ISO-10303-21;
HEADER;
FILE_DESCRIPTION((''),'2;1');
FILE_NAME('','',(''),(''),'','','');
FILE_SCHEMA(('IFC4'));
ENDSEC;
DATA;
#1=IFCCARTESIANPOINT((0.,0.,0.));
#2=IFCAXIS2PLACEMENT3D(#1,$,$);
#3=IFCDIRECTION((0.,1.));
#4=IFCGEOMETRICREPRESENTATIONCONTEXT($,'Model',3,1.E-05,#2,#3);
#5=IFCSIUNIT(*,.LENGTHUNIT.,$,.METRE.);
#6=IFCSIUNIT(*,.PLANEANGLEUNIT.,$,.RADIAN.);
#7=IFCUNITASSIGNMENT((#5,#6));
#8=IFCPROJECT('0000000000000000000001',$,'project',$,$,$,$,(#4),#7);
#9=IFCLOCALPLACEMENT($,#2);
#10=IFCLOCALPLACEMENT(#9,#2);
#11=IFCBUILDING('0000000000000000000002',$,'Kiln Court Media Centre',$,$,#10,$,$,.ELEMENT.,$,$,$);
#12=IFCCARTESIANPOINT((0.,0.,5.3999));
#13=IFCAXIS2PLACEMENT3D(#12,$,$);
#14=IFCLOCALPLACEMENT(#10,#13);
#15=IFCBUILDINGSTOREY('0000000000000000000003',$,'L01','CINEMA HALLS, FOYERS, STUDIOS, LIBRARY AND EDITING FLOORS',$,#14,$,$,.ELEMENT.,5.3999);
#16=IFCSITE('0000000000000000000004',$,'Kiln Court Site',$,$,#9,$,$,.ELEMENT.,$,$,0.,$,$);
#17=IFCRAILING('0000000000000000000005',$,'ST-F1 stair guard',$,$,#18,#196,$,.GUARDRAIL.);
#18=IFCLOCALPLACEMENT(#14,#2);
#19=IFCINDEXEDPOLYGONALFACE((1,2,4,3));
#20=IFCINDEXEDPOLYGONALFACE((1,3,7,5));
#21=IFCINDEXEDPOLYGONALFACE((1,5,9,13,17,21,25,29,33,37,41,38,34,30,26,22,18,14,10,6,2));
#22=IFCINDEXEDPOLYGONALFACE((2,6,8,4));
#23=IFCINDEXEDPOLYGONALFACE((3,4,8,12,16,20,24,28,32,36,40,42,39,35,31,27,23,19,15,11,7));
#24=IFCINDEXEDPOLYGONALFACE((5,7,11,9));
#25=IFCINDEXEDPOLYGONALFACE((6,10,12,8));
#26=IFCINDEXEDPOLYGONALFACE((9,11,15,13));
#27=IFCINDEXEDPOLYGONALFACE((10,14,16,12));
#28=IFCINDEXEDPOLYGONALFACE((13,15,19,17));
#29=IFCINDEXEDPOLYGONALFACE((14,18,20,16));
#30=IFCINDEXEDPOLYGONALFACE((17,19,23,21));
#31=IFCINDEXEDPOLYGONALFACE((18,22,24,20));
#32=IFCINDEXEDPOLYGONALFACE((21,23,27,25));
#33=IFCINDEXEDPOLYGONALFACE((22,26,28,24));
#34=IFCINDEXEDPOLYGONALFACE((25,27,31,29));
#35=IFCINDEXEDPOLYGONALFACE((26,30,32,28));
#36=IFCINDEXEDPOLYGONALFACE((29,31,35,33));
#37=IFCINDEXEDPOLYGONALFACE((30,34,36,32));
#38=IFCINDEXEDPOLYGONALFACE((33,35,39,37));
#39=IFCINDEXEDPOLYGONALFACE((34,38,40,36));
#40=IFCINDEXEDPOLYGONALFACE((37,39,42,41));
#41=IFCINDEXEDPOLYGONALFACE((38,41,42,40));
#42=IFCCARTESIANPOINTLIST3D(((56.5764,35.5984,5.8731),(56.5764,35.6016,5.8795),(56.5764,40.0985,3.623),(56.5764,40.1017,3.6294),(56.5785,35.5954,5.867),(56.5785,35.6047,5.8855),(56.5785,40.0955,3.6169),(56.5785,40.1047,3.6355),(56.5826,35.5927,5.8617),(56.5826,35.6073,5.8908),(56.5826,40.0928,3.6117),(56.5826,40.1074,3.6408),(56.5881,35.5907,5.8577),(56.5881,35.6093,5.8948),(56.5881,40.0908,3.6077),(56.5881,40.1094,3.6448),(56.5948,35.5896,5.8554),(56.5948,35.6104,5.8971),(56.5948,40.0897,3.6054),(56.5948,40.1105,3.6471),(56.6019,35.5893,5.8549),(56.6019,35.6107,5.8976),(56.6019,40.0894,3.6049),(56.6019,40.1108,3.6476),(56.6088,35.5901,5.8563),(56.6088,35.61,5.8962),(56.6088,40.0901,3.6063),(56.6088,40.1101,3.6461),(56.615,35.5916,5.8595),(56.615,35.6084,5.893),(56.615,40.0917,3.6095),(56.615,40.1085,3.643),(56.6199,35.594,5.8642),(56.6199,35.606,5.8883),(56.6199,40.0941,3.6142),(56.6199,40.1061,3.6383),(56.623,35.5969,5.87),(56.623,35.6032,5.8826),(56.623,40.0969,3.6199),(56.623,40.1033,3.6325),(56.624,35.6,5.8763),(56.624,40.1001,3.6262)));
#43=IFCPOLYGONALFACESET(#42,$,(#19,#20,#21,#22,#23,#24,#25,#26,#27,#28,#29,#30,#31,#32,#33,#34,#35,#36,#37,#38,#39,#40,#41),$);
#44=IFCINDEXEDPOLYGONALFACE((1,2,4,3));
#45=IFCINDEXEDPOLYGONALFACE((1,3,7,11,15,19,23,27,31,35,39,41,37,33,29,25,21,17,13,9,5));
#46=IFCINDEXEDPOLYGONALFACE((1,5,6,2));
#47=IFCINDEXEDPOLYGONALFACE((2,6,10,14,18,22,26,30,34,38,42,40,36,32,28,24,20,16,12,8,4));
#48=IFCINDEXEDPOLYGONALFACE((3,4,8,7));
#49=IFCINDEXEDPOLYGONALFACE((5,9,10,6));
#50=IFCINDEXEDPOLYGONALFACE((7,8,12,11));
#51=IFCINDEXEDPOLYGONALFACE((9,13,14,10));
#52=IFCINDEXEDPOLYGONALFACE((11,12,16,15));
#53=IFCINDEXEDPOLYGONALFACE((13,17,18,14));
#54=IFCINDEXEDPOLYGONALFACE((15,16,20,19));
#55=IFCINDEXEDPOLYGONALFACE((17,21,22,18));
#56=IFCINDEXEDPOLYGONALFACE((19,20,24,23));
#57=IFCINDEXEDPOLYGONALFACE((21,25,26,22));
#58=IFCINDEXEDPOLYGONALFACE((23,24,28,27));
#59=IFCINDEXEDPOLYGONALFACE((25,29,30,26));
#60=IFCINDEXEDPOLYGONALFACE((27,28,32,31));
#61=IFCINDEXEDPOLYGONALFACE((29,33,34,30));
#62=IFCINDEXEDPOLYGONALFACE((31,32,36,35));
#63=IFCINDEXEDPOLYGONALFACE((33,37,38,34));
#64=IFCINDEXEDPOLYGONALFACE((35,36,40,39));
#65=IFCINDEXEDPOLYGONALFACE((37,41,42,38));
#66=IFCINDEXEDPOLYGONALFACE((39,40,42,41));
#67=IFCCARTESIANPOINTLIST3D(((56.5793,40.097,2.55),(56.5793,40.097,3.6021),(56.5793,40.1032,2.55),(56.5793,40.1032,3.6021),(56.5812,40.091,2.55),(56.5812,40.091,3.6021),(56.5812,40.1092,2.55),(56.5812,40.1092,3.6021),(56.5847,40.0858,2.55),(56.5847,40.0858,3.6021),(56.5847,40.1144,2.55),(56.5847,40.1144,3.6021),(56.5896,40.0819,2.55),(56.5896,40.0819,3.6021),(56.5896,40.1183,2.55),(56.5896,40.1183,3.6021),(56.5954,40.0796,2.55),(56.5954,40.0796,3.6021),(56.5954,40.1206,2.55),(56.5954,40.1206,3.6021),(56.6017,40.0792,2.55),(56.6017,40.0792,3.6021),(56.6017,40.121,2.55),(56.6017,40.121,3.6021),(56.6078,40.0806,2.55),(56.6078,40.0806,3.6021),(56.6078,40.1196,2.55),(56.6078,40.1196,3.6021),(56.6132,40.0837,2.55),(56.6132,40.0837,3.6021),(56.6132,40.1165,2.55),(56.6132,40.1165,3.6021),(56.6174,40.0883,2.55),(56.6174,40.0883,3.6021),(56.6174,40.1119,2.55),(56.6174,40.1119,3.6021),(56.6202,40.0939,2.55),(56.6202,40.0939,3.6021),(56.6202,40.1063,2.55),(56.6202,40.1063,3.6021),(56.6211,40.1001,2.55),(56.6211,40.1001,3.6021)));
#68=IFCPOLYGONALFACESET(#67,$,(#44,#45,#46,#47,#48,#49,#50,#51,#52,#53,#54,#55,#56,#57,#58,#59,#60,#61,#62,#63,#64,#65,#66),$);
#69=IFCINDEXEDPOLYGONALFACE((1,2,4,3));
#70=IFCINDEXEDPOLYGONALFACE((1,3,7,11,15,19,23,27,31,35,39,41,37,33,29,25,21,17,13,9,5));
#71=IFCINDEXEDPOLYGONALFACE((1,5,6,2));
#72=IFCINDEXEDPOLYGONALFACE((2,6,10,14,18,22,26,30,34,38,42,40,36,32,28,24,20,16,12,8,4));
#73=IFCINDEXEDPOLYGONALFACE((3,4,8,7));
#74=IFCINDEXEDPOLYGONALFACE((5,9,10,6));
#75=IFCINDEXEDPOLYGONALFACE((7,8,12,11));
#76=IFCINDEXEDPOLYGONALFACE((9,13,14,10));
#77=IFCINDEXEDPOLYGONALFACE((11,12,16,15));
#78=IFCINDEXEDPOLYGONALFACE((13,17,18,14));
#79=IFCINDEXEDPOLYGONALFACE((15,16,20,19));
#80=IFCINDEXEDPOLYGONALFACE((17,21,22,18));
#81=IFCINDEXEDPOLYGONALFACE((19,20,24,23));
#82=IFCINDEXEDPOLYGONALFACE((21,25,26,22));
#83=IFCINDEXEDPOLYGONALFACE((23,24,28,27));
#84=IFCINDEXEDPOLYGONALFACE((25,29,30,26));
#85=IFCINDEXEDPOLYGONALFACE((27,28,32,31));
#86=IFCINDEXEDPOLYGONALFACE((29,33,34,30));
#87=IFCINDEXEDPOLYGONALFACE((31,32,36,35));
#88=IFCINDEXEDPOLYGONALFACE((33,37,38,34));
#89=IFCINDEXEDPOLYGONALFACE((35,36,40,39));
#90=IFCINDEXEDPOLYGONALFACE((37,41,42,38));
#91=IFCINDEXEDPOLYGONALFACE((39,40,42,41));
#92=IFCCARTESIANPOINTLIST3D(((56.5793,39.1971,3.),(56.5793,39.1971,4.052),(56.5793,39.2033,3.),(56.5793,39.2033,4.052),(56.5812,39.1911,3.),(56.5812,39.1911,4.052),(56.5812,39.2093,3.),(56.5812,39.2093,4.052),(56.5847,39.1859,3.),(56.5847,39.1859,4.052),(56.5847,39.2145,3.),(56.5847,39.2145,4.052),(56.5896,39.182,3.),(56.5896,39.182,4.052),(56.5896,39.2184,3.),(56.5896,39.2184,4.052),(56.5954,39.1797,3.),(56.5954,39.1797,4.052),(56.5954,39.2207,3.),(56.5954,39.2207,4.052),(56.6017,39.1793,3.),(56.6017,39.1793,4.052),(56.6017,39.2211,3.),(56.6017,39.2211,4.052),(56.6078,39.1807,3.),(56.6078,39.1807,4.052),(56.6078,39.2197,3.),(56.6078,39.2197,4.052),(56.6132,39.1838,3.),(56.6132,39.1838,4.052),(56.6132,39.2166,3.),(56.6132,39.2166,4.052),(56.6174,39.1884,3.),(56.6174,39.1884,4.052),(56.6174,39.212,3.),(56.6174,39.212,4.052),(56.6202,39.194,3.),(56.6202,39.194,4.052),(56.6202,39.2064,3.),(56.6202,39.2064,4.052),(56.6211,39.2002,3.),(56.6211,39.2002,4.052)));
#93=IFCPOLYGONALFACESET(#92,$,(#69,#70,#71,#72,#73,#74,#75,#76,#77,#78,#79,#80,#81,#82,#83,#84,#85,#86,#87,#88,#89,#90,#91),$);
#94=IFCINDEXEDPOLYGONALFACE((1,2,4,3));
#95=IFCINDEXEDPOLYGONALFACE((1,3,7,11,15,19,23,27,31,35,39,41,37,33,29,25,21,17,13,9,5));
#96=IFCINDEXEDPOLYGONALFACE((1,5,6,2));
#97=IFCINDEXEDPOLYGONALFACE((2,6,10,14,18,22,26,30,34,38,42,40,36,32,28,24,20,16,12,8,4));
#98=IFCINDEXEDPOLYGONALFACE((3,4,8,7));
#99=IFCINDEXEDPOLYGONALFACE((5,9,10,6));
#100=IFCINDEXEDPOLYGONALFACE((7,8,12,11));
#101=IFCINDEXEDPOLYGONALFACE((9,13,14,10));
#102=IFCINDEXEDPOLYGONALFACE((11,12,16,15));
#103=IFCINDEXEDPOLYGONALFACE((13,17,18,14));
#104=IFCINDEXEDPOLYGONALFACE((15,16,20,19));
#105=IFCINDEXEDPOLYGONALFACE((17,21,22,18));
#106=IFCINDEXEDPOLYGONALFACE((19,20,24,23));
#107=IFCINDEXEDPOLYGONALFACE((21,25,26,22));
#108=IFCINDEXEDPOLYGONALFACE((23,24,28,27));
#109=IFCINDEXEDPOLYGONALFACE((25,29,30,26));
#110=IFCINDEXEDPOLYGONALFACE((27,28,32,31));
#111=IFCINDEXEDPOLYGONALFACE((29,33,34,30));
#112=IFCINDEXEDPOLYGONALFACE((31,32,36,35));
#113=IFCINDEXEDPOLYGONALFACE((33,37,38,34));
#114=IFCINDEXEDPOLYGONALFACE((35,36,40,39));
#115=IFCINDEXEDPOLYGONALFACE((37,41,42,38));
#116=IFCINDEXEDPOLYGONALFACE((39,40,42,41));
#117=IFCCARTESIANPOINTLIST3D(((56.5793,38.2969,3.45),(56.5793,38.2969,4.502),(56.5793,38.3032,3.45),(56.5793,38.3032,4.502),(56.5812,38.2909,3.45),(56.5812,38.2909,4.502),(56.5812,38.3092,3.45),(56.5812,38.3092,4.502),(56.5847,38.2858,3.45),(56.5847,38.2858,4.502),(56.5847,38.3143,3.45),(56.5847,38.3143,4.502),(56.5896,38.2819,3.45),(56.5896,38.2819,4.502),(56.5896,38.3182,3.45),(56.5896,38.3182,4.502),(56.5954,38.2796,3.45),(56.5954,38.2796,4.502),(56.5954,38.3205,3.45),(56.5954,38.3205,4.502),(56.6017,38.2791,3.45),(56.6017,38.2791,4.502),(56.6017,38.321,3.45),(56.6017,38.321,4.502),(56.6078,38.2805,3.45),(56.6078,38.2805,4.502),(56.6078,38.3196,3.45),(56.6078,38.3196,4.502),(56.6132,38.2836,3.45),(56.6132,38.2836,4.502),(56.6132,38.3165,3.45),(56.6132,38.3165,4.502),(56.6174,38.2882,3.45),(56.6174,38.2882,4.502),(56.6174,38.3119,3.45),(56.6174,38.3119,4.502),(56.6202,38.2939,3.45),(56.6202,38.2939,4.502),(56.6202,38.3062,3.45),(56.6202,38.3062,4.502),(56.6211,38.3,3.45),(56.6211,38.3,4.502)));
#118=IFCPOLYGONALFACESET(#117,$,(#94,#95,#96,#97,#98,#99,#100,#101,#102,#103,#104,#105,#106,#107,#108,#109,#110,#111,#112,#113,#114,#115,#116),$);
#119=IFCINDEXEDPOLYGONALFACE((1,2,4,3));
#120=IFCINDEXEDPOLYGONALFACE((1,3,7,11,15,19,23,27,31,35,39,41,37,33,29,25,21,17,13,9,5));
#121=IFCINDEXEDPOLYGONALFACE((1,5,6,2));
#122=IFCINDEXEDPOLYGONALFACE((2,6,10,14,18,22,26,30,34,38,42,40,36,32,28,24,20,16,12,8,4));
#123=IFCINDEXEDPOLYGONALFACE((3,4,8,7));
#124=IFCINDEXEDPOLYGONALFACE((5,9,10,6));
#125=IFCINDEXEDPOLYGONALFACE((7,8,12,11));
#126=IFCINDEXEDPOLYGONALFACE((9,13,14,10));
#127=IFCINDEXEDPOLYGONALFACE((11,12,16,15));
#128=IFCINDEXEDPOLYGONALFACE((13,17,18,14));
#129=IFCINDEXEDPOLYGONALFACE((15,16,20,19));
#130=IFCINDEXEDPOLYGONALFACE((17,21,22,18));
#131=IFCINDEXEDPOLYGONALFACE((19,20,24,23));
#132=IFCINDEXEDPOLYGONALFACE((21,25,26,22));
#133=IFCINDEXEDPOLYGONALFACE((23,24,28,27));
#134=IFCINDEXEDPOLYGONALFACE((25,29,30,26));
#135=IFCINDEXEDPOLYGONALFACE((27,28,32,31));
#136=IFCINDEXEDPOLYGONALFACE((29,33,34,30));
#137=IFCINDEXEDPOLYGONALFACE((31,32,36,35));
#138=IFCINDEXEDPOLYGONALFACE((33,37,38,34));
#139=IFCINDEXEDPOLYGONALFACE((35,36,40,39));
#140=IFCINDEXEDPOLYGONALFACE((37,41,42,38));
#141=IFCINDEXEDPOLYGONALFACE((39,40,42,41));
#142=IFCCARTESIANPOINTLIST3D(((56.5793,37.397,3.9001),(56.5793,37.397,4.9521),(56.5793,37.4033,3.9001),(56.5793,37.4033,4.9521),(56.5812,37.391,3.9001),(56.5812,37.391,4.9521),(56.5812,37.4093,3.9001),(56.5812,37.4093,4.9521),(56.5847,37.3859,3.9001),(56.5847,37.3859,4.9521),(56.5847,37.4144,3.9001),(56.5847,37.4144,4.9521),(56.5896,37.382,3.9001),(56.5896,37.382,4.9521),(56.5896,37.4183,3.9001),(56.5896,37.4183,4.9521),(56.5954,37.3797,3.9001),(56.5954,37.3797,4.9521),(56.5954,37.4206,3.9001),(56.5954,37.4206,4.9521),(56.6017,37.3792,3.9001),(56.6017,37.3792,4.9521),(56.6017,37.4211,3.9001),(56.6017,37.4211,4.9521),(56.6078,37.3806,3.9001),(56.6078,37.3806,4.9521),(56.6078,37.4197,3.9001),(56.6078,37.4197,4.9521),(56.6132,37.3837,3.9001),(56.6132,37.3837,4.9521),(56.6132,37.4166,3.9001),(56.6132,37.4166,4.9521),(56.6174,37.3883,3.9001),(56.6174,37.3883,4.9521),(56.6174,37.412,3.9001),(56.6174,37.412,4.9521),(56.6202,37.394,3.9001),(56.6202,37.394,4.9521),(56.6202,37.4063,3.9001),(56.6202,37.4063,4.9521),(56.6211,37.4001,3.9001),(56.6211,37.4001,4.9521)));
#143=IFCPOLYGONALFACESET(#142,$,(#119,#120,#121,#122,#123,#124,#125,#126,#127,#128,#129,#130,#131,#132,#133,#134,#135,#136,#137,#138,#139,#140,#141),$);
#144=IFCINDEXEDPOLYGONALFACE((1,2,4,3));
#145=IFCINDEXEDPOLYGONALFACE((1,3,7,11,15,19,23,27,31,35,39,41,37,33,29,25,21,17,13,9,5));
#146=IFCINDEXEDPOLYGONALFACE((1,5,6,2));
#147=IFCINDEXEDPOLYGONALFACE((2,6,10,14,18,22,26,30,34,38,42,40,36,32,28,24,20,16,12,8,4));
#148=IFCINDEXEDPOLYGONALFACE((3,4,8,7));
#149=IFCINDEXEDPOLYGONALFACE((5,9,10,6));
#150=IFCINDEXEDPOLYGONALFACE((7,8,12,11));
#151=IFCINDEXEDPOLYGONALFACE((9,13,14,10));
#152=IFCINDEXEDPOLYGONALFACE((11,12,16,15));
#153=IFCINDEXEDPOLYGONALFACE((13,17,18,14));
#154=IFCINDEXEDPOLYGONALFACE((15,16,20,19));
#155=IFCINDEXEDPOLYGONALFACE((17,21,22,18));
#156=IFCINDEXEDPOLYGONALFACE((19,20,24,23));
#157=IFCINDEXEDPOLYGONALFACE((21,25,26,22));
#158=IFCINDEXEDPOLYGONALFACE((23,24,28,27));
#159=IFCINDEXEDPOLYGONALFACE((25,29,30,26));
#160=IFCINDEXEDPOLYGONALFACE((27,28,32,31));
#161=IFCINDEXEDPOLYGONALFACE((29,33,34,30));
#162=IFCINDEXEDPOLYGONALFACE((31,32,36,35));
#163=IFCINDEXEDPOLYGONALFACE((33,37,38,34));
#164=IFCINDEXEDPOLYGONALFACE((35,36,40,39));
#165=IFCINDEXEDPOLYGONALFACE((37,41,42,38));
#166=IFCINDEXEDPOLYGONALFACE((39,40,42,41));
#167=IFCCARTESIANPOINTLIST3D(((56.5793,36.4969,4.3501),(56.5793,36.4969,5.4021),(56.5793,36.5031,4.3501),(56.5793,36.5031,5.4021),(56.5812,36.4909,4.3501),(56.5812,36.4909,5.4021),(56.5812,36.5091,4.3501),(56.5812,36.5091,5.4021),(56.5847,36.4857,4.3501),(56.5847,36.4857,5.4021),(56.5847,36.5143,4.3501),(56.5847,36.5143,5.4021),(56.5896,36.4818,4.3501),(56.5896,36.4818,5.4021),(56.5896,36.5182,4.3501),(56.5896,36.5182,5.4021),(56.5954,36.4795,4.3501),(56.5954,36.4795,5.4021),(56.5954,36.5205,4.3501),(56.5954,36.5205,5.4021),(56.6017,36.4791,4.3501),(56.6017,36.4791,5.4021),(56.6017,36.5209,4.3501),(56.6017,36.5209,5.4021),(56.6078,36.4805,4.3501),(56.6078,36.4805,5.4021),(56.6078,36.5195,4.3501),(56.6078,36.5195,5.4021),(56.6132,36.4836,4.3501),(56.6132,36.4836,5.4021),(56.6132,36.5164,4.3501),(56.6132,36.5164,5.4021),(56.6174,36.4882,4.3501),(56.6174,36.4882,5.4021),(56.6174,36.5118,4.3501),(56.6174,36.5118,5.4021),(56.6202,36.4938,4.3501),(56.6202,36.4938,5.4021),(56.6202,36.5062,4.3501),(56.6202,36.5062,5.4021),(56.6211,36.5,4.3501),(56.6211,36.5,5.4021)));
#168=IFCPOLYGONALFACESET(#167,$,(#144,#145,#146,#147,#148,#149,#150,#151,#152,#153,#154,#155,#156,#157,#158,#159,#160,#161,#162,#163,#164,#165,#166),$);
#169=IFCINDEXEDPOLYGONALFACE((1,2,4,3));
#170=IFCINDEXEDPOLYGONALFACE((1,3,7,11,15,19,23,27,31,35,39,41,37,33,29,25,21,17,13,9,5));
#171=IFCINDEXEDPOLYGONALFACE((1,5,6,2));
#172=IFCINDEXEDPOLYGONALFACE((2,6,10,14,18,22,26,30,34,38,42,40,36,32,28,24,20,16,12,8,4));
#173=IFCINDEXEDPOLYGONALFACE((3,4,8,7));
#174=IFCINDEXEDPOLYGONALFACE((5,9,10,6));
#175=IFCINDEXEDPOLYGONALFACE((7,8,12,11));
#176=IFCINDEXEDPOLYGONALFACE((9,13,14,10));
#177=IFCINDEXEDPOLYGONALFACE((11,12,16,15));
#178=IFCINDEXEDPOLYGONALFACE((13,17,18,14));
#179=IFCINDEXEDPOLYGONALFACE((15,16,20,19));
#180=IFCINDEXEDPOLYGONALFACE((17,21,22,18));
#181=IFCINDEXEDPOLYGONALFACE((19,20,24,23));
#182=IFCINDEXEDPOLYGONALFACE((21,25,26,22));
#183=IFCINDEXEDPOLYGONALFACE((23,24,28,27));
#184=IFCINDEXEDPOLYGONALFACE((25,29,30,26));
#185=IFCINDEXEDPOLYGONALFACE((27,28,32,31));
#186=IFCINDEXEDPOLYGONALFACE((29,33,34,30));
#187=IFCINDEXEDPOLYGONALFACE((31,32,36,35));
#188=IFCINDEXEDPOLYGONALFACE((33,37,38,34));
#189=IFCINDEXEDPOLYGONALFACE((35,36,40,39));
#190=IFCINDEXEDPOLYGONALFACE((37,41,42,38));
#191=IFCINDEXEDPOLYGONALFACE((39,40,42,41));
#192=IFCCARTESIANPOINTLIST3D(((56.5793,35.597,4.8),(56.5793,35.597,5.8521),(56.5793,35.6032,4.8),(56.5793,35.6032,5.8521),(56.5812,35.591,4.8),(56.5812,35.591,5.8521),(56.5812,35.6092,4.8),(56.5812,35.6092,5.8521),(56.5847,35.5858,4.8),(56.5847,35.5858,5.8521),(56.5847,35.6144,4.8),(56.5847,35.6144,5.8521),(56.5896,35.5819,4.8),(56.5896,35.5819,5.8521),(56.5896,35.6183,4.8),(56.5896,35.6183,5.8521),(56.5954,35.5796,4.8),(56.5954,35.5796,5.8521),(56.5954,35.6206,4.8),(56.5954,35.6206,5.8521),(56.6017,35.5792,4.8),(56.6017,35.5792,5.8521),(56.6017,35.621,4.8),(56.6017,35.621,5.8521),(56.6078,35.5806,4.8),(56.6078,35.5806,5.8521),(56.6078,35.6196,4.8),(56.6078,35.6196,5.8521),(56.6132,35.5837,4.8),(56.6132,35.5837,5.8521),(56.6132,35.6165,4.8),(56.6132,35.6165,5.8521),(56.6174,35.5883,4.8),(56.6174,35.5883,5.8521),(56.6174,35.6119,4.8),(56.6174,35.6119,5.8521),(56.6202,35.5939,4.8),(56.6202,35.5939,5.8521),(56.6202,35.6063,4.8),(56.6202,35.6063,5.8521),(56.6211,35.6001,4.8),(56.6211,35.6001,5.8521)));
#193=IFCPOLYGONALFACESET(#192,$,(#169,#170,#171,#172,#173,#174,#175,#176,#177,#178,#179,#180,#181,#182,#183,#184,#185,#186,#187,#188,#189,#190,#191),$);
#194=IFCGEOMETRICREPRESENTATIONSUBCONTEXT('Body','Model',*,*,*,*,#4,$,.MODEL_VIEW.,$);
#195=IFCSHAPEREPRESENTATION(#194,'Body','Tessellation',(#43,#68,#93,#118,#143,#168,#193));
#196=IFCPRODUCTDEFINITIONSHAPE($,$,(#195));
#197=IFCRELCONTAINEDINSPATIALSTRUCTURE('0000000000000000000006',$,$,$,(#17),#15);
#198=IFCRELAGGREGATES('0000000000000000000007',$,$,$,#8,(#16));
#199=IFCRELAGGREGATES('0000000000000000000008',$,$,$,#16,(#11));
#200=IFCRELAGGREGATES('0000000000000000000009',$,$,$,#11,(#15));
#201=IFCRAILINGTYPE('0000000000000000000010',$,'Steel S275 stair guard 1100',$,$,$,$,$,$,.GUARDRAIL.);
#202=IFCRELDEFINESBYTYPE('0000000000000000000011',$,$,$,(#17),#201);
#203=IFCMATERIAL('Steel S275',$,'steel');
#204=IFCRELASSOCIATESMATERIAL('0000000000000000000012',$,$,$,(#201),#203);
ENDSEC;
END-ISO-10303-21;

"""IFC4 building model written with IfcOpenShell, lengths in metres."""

from ifc_helpers import new_model, si_unit, direction, frame, origin, origin_2d, place, context, subcontext, project, spatial, circle, extrude, material, type_object, element, save


model = new_model("IFC4")

# Units and contexts
model_context = context("Model", 3, precision=1e-05, world=origin(), true_north=direction((0.0, 1.0)))
body_context = subcontext(model_context, "Body", "Model", "MODEL_VIEW")
ifc_project = project(units=[si_unit("LENGTHUNIT", "METRE"), si_unit("PLANEANGLEUNIT", "RADIAN")], contexts=[model_context])

# Site, building, storey
site_placement = place(None, origin())
site = spatial("IfcSite", under=ifc_project, at=site_placement, Name="Kiln Court Site", CompositionType="ELEMENT", RefElevation=0.0)
building_placement = place(site_placement, origin())
building = spatial("IfcBuilding", under=site, at=building_placement, Name="Kiln Court Media Centre", CompositionType="ELEMENT")
storey_placement = place(building_placement, frame((0.0, 0.0, 5.3999)))
storey = spatial("IfcBuildingStorey", under=building, at=storey_placement, Name="L01", Description="CINEMA HALLS, FOYERS, STUDIOS, LIBRARY AND EDITING FLOORS", CompositionType="ELEMENT", Elevation=5.3999)

# Railing
ifc_material_1 = material(Name="Steel S275", Category="steel")
railing_type_1 = type_object("IfcRailingType", Name="Steel S275 stair guard 1100", PredefinedType="GUARDRAIL", material=ifc_material_1)
railing_1_placement = place(storey_placement, frame((56.6001, 40.1001, 2.55)))
element("IfcRailing", 1, at=railing_1_placement, inside=storey, type_object=railing_type_1, Name="ST-F1 stair guard", PredefinedType="GUARDRAIL", context=body_context, shape_type="SweptSolid", body=[
    extrude(circle(Radius=0.0239, at=origin_2d()), frame((0.0, 0.0, 1.0762), z_axis=(0.0, -0.894427, 0.447214), x_axis=(1.0, 0.0, 0.0)), (0.0, 0.0, 1.0), 5.0312),
    extrude(circle(Radius=0.021, at=origin_2d()), origin(), (0.0, 0.0, 1.0), 1.052),
    extrude(circle(Radius=0.021, at=origin_2d()), frame((0.0, -0.8999, 0.45)), (0.0, 0.0, 1.0), 1.052),
    extrude(circle(Radius=0.021, at=origin_2d()), frame((0.0, -1.8, 0.8999)), (0.0, 0.0, 1.0), 1.052),
    extrude(circle(Radius=0.021, at=origin_2d()), frame((0.0, -2.7, 1.3501)), (0.0, 0.0, 1.0), 1.052),
    extrude(circle(Radius=0.021, at=origin_2d()), frame((0.0, -3.6001, 1.8)), (0.0, 0.0, 1.0), 1.052),
    extrude(circle(Radius=0.021, at=origin_2d()), frame((0.0, -4.5, 2.25)), (0.0, 0.0, 1.0), 1.052),
])

save(model, "model.ifc")
